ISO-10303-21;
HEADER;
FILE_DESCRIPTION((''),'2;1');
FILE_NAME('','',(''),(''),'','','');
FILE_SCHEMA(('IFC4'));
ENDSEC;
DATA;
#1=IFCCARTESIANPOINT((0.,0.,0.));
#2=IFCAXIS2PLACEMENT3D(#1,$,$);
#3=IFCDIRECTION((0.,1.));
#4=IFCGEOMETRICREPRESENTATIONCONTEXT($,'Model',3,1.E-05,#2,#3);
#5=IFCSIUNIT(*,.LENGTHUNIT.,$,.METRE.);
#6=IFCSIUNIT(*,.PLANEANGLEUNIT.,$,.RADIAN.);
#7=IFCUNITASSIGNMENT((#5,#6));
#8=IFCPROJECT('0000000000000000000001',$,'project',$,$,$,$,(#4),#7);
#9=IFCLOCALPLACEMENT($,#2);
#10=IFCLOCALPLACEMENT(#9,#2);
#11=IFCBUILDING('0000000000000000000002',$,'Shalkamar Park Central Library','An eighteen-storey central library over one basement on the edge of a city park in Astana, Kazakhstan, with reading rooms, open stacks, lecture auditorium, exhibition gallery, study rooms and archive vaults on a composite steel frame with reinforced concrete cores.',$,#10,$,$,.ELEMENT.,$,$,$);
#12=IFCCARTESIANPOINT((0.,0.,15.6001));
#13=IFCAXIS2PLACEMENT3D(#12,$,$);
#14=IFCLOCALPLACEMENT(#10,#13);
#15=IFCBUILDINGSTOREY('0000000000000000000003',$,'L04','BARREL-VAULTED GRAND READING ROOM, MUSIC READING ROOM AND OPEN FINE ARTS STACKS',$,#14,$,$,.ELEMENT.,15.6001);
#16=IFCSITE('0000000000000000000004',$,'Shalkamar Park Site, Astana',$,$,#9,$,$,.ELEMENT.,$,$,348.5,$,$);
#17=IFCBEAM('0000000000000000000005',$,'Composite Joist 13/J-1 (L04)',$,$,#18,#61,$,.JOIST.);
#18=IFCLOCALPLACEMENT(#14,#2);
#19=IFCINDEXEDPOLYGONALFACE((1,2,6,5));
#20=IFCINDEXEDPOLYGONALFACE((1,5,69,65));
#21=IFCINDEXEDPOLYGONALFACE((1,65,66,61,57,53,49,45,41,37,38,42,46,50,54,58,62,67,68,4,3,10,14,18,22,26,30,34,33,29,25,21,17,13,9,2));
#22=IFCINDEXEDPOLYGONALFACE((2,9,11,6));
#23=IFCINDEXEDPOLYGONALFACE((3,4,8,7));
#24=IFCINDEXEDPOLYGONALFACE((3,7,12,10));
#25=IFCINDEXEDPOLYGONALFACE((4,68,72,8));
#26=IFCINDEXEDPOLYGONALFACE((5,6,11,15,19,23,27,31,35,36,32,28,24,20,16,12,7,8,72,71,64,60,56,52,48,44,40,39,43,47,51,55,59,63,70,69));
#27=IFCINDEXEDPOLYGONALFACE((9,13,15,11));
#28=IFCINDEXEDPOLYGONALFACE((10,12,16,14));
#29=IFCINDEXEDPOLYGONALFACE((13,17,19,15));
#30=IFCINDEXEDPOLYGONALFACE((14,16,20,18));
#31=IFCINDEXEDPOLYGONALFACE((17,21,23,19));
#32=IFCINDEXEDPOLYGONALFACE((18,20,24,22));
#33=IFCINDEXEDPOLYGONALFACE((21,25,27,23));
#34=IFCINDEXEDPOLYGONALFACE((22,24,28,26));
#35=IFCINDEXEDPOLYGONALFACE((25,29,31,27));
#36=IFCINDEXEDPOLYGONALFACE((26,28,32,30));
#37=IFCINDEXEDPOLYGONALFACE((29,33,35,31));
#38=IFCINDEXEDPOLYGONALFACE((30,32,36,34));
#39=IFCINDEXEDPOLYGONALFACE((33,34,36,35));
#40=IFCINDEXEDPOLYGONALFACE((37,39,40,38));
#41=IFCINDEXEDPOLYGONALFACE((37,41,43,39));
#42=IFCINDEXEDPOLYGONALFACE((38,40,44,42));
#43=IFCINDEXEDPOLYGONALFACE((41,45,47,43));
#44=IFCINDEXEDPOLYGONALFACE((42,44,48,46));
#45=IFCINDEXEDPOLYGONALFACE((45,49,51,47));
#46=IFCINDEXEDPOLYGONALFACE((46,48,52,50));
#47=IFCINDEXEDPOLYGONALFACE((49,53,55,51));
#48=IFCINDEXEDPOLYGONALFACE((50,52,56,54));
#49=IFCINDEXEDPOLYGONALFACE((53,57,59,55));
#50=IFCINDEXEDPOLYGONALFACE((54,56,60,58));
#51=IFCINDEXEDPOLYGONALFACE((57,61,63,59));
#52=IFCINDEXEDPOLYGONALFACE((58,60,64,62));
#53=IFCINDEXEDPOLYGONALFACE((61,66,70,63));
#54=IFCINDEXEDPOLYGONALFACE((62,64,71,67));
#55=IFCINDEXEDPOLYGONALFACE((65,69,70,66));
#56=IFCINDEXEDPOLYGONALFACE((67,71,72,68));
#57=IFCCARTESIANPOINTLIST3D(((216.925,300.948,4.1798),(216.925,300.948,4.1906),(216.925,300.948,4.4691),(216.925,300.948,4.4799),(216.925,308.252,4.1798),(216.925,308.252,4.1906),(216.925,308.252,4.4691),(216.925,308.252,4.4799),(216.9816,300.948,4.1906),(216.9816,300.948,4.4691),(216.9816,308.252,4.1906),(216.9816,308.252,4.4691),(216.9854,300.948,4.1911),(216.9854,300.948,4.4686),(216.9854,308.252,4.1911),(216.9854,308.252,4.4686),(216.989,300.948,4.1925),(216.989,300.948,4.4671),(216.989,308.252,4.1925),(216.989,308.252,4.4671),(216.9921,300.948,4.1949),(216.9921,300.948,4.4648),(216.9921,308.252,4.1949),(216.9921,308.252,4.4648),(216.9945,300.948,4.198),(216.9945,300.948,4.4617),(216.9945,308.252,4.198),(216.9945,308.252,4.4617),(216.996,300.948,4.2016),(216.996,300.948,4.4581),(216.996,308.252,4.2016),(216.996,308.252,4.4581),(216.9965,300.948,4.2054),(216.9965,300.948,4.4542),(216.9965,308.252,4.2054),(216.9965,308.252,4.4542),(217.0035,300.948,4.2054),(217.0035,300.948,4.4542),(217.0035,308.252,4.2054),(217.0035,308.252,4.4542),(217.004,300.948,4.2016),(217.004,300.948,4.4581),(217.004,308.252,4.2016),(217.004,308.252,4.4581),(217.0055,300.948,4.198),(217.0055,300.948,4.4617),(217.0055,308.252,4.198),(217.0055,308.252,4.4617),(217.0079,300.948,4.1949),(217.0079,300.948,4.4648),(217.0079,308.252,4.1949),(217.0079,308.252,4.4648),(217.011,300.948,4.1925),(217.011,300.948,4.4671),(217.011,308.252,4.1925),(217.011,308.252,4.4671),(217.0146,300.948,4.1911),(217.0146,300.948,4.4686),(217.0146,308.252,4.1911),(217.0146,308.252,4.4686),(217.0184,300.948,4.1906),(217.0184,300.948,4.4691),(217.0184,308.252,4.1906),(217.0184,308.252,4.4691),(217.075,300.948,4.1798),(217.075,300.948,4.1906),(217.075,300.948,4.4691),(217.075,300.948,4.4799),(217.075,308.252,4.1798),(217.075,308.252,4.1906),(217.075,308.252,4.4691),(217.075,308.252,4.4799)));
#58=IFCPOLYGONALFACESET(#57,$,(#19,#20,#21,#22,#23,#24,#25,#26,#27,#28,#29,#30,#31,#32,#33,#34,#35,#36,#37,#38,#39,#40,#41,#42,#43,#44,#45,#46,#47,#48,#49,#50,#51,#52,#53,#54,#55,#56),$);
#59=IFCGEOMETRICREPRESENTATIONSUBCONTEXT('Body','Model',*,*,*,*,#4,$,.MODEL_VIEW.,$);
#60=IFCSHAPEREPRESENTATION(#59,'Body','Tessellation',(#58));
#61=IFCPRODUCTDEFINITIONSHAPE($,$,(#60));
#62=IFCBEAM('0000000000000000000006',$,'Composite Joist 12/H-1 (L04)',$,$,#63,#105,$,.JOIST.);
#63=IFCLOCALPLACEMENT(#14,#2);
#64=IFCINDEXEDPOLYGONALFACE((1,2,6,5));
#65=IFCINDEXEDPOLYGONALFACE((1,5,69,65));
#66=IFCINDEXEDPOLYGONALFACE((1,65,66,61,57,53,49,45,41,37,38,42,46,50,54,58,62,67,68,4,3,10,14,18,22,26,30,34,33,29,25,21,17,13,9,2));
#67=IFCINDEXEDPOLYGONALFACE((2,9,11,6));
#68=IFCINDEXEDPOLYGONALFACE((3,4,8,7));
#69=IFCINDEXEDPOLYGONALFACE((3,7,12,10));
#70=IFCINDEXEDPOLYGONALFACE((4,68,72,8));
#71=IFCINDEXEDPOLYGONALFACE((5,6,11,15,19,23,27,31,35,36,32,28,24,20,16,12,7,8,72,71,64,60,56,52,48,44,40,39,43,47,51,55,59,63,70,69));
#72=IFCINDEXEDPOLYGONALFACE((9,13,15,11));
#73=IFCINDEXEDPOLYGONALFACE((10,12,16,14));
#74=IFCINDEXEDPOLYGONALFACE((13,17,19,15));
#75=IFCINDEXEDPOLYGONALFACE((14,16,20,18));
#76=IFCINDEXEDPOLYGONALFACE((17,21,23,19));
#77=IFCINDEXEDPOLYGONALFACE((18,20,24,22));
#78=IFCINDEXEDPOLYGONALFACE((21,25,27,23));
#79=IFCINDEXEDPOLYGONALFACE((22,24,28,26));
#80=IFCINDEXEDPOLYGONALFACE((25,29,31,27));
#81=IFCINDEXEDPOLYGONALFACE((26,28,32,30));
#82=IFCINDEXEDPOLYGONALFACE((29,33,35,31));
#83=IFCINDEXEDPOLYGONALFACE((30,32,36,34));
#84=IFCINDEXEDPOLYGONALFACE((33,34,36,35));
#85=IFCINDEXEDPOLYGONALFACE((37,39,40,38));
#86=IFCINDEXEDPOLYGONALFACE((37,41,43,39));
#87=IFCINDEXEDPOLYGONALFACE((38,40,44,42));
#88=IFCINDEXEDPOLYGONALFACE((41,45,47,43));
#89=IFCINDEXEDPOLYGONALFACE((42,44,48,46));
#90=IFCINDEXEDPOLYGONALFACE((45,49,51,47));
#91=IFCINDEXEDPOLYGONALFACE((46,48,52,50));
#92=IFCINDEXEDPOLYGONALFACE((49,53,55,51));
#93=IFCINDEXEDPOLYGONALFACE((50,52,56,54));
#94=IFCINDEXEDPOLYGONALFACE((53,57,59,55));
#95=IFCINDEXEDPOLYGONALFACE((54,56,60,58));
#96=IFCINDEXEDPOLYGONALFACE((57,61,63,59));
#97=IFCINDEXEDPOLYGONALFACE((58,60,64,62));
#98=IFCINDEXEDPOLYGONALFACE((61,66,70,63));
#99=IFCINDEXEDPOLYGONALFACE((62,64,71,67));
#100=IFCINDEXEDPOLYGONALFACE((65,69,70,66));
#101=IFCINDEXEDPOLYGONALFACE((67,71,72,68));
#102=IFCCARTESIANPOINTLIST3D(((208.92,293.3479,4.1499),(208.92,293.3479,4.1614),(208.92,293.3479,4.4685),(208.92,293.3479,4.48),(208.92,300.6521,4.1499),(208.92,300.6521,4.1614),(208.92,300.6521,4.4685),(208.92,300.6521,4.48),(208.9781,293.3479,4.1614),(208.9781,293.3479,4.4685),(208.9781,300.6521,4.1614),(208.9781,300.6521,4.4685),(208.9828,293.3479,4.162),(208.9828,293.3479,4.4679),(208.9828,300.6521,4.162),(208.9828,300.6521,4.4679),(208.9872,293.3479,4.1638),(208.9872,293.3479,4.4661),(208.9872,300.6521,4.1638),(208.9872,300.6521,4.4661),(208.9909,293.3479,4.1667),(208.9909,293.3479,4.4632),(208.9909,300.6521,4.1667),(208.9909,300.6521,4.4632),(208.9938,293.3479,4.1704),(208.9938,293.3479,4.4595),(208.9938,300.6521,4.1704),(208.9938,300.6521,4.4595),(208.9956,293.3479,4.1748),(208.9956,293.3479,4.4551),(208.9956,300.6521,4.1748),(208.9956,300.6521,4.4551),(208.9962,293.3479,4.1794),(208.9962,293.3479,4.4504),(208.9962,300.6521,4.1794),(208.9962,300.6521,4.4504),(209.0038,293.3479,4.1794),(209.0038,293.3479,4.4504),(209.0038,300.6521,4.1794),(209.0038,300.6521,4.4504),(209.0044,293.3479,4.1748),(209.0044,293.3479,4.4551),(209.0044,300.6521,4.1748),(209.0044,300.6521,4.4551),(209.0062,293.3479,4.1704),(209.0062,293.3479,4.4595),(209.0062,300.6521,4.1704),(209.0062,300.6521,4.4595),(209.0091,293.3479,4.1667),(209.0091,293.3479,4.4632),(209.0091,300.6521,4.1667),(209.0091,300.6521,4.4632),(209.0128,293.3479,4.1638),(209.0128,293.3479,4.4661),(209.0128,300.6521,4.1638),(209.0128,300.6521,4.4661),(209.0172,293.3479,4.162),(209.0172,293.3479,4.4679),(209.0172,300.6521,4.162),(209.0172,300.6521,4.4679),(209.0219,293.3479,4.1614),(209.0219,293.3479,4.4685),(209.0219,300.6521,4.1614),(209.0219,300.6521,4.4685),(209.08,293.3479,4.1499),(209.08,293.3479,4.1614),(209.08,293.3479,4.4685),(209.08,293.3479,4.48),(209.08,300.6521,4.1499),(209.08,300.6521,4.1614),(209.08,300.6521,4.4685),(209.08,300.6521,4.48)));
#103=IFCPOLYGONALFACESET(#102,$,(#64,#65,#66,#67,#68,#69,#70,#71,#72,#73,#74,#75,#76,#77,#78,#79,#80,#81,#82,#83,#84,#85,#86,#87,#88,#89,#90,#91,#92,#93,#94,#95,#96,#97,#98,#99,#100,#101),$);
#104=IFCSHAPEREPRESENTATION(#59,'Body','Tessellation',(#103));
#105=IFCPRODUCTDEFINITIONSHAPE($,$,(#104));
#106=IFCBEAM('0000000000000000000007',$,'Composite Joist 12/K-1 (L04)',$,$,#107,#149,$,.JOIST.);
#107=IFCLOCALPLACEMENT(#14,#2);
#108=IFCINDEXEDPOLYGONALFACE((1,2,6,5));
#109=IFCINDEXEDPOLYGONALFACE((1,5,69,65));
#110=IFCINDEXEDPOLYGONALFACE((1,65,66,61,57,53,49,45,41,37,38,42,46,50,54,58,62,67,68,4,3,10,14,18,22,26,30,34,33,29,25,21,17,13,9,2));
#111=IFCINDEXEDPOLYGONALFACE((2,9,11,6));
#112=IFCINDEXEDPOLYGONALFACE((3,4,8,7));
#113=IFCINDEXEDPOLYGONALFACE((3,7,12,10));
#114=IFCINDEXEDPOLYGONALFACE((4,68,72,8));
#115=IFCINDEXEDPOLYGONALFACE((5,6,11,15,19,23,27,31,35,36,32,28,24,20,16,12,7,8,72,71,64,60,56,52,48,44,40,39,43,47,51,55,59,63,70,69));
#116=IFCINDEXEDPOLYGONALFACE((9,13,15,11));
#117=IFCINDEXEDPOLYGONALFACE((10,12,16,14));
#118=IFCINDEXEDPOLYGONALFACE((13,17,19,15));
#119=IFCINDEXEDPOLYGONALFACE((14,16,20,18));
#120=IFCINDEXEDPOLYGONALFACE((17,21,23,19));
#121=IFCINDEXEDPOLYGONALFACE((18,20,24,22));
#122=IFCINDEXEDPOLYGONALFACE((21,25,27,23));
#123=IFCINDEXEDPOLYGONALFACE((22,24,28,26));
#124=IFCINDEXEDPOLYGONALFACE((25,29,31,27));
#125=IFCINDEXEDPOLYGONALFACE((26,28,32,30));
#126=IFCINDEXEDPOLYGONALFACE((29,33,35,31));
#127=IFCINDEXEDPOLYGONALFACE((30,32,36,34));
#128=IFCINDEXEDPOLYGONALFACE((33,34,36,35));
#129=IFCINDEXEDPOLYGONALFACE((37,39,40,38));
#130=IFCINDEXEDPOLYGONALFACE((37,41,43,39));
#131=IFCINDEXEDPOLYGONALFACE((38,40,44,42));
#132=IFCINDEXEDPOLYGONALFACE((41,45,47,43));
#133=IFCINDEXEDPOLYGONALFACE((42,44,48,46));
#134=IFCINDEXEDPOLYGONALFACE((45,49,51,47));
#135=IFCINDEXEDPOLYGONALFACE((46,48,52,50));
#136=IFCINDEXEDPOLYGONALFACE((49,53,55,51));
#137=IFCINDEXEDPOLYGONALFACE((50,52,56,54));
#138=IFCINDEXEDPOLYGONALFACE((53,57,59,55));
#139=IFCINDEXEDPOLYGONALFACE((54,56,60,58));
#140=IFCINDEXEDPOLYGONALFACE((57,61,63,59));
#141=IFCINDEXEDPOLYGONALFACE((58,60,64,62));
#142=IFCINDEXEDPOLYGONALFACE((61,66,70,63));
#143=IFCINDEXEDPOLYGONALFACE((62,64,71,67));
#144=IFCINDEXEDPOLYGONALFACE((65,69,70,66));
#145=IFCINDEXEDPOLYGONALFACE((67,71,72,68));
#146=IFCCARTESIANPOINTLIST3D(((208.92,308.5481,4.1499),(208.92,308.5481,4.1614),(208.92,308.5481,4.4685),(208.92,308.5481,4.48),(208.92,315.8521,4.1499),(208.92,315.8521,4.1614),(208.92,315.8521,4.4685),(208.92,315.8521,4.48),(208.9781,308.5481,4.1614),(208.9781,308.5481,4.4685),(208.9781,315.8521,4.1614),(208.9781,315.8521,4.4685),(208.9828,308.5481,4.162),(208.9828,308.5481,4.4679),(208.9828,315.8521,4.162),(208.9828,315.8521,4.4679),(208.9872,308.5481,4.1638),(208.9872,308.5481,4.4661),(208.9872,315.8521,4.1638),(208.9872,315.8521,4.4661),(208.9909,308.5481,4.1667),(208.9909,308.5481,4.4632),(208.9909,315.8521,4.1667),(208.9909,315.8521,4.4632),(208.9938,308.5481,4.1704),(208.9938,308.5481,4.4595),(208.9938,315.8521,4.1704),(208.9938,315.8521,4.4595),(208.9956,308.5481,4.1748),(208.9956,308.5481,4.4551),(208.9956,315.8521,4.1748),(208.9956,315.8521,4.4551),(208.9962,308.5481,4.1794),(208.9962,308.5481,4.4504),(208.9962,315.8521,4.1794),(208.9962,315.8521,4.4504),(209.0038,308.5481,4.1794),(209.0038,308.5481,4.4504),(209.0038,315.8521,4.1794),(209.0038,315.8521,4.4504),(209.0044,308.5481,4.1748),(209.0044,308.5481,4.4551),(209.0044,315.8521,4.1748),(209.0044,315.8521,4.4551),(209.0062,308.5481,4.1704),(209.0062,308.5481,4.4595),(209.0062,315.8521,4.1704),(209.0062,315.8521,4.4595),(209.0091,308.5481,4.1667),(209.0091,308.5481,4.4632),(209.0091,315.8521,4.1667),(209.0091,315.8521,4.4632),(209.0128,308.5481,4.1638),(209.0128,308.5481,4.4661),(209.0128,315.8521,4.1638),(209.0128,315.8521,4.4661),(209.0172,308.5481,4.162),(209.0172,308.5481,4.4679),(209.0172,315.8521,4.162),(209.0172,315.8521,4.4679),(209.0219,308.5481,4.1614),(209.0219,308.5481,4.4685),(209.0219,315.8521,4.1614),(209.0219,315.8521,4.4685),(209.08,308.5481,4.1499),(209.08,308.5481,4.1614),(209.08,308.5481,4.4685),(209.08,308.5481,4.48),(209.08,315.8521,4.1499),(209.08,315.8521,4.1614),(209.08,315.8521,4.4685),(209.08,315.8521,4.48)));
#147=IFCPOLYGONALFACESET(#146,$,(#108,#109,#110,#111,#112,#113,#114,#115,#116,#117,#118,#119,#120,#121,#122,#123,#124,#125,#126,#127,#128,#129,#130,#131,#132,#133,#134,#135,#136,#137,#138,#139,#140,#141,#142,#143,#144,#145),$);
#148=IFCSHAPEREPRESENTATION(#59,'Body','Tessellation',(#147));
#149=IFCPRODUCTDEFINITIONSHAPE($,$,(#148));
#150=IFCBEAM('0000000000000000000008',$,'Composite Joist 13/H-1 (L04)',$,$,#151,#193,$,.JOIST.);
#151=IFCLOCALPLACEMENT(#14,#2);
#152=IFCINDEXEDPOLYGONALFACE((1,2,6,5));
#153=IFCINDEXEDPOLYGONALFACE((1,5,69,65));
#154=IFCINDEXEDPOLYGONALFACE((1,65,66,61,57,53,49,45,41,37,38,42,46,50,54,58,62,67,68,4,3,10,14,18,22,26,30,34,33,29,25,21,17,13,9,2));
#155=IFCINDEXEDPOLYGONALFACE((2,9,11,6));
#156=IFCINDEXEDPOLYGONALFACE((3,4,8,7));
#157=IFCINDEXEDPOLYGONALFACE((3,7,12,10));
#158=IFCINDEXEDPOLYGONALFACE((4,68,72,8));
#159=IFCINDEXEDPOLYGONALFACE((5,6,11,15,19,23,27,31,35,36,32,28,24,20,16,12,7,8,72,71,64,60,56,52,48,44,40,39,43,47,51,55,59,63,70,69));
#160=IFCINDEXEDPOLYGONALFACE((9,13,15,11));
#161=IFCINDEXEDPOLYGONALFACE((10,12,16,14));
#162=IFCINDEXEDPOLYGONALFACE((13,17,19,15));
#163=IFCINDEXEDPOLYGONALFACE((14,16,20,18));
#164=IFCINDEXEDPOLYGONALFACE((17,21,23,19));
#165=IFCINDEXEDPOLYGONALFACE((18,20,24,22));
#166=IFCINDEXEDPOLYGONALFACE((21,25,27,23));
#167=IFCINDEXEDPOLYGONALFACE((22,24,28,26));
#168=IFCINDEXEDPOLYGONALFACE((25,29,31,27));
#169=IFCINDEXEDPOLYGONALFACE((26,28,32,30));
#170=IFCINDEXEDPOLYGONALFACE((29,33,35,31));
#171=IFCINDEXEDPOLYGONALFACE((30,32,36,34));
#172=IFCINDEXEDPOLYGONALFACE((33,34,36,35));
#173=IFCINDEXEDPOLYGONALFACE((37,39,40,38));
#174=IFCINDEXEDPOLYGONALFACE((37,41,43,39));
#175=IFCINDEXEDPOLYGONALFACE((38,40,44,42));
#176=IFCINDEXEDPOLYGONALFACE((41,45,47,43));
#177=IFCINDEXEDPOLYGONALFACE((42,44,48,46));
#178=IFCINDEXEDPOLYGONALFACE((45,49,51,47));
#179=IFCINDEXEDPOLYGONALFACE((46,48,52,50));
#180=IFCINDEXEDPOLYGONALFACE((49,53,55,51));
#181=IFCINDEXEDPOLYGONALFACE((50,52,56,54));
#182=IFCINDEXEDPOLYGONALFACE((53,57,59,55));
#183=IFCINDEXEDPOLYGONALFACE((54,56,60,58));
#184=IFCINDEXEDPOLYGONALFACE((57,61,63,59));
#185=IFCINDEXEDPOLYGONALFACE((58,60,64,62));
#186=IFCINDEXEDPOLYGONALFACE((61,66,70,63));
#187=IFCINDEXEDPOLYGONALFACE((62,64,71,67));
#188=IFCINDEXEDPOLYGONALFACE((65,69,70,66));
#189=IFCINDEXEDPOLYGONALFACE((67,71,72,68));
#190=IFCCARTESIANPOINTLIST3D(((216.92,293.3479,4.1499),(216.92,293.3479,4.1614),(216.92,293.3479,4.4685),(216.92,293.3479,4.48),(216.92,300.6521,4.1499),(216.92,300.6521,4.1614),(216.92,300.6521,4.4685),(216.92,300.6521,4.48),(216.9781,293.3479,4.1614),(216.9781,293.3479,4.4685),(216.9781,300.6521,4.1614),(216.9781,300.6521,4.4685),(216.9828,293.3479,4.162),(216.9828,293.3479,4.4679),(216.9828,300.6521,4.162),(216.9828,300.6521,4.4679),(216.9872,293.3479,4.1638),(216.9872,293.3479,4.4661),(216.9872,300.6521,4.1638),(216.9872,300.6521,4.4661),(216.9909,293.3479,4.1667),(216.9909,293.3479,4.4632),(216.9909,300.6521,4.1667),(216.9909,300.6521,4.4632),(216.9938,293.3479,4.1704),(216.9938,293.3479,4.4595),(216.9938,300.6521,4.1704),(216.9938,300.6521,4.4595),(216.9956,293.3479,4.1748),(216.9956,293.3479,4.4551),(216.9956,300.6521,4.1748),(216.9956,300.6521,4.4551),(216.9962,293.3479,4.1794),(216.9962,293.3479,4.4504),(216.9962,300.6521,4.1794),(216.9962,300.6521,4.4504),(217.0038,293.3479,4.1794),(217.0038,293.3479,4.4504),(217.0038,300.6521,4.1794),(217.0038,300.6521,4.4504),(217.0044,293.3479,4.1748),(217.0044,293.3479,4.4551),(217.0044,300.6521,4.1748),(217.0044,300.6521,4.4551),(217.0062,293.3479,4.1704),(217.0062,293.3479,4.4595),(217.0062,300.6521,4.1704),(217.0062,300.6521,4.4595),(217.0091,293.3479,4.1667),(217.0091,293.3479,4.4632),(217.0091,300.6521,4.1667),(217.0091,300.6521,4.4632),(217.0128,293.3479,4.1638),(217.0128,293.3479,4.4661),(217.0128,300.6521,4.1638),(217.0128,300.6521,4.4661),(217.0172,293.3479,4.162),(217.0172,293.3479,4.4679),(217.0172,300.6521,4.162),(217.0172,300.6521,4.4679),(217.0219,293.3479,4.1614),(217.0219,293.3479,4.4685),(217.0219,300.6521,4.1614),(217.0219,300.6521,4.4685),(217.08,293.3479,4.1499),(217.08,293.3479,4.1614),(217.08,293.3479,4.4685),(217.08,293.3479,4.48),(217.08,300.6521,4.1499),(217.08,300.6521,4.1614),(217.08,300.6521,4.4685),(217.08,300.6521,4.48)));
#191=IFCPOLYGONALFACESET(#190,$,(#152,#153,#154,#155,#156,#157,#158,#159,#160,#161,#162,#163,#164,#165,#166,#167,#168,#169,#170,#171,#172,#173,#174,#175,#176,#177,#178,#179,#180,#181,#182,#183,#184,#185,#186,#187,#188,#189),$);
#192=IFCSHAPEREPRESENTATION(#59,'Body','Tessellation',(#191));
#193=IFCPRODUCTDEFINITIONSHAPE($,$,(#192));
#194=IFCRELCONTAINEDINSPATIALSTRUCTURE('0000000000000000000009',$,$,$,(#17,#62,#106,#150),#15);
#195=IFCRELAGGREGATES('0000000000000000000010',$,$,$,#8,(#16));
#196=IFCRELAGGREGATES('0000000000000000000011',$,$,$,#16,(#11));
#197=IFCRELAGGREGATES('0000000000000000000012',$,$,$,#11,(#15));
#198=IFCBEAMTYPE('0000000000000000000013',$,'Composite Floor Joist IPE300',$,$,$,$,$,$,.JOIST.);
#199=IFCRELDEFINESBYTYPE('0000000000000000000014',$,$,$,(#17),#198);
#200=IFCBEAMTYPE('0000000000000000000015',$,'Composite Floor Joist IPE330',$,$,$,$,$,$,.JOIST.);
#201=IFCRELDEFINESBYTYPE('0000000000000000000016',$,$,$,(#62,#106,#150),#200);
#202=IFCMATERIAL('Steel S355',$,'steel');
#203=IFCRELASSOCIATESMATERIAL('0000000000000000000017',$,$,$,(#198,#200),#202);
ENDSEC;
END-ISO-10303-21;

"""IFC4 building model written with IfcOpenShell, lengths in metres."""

from ifc_helpers import new_model, si_unit, direction, frame, origin, origin_2d, place, context, subcontext, project, spatial, i_section, extrude, material, material_profile, profile_set, type_object, element, save


model = new_model("IFC4")

# Units and contexts
model_context = context("Model", 3, precision=1e-05, world=origin(), true_north=direction((0.0, 1.0)))
body_context = subcontext(model_context, "Body", "Model", "MODEL_VIEW")
ifc_project = project(units=[si_unit("LENGTHUNIT", "METRE"), si_unit("PLANEANGLEUNIT", "RADIAN")], contexts=[model_context])

# Site, building, storey
site_placement = place(None, origin())
site = spatial("IfcSite", under=ifc_project, at=site_placement, Name="Shalkamar Park Site, Astana", CompositionType="ELEMENT", RefElevation=348.5)
building_placement = place(site_placement, origin())
building = spatial("IfcBuilding", under=site, at=building_placement, Name="Shalkamar Park Central Library", Description="An eighteen-storey central library over one basement on the edge of a city park in Astana, Kazakhstan, with reading rooms, open stacks, lecture auditorium, exhibition gallery, study rooms and archive vaults on a composite steel frame with reinforced concrete cores.", CompositionType="ELEMENT")
storey_placement = place(building_placement, frame((0.0, 0.0, 15.6001)))
storey = spatial("IfcBuildingStorey", under=building, at=storey_placement, Name="L04", Description="BARREL-VAULTED GRAND READING ROOM, MUSIC READING ROOM AND OPEN FINE ARTS STACKS", CompositionType="ELEMENT", Elevation=15.6001)

# Shared definitions
ifc_material_1 = material(Name="Steel S355", Category="steel")

# Beams
ifc_material_profile_1 = material_profile(ifc_material_1, i_section(OverallWidth=0.1499, OverallDepth=0.3, WebThickness=0.0071, FlangeThickness=0.0107, FilletRadius=0.0149, at=origin_2d()), Name="IPE 300")
ifc_profile_set_1 = profile_set([ifc_material_profile_1], Name="Steel S355")
beam_type_1 = type_object("IfcBeamType", Name="Composite Floor Joist IPE300", PredefinedType="JOIST", material=ifc_profile_set_1)
for number, where, z_axis, x_axis, name in (
    (1, (217.0, 300.948, 4.3298), (0.0, 1.0, 0.0), (-1.0, 0.0, 0.0), "Composite Joist 13/J-1 (L04)"),
):
    element("IfcBeam", number, at=place(storey_placement, frame(where, z_axis=z_axis, x_axis=x_axis)), inside=storey, type_object=beam_type_1, Name=name, PredefinedType="JOIST", context=body_context, shape_type="SweptSolid", body=[
        extrude(i_section(OverallWidth=0.1499, OverallDepth=0.3, WebThickness=0.0071, FlangeThickness=0.0107, FilletRadius=0.0149, at=origin_2d()), origin(), (0.0, 0.0, 1.0), 7.304),
    ])
ifc_material_profile_2 = material_profile(ifc_material_1, i_section(OverallWidth=0.1599, OverallDepth=0.3301, WebThickness=0.0076, FlangeThickness=0.0115, FilletRadius=0.0181, at=origin_2d()), Name="IPE 330")
ifc_profile_set_2 = profile_set([ifc_material_profile_2], Name="Steel S355")
beam_type_2 = type_object("IfcBeamType", Name="Composite Floor Joist IPE330", PredefinedType="JOIST", material=ifc_profile_set_2)
beam_1_placement = place(storey_placement, frame((209.0, 293.3479, 4.3149), z_axis=(0.0, 1.0, 0.0), x_axis=(-1.0, 0.0, 0.0)))
element("IfcBeam", 2, at=beam_1_placement, inside=storey, type_object=beam_type_2, Name="Composite Joist 12/H-1 (L04)", PredefinedType="JOIST", context=body_context, shape_type="SweptSolid", body=[
    extrude(i_section(OverallWidth=0.1599, OverallDepth=0.3301, WebThickness=0.0076, FlangeThickness=0.0115, FilletRadius=0.0181, at=origin_2d()), origin(), (0.0, 0.0, 1.0), 7.3042),
])
beam_2_placement = place(storey_placement, frame((209.0, 308.5481, 4.3149), z_axis=(0.0, 1.0, 0.0), x_axis=(-1.0, 0.0, 0.0)))
element("IfcBeam", 3, at=beam_2_placement, inside=storey, type_object=beam_type_2, Name="Composite Joist 12/K-1 (L04)", PredefinedType="JOIST", context=body_context, shape_type="SweptSolid", body=[
    extrude(i_section(OverallWidth=0.1599, OverallDepth=0.3301, WebThickness=0.0076, FlangeThickness=0.0115, FilletRadius=0.0181, at=origin_2d()), origin(), (0.0, 0.0, 1.0), 7.304),
])
beam_3_placement = place(storey_placement, frame((217.0, 293.3479, 4.3149), z_axis=(0.0, 1.0, 0.0), x_axis=(-1.0, 0.0, 0.0)))
element("IfcBeam", 4, at=beam_3_placement, inside=storey, type_object=beam_type_2, Name="Composite Joist 13/H-1 (L04)", PredefinedType="JOIST", context=body_context, shape_type="SweptSolid", body=[
    extrude(i_section(OverallWidth=0.1599, OverallDepth=0.3301, WebThickness=0.0076, FlangeThickness=0.0115, FilletRadius=0.0181, at=origin_2d()), origin(), (0.0, 0.0, 1.0), 7.3042),
])

save(model, "model.ifc")
